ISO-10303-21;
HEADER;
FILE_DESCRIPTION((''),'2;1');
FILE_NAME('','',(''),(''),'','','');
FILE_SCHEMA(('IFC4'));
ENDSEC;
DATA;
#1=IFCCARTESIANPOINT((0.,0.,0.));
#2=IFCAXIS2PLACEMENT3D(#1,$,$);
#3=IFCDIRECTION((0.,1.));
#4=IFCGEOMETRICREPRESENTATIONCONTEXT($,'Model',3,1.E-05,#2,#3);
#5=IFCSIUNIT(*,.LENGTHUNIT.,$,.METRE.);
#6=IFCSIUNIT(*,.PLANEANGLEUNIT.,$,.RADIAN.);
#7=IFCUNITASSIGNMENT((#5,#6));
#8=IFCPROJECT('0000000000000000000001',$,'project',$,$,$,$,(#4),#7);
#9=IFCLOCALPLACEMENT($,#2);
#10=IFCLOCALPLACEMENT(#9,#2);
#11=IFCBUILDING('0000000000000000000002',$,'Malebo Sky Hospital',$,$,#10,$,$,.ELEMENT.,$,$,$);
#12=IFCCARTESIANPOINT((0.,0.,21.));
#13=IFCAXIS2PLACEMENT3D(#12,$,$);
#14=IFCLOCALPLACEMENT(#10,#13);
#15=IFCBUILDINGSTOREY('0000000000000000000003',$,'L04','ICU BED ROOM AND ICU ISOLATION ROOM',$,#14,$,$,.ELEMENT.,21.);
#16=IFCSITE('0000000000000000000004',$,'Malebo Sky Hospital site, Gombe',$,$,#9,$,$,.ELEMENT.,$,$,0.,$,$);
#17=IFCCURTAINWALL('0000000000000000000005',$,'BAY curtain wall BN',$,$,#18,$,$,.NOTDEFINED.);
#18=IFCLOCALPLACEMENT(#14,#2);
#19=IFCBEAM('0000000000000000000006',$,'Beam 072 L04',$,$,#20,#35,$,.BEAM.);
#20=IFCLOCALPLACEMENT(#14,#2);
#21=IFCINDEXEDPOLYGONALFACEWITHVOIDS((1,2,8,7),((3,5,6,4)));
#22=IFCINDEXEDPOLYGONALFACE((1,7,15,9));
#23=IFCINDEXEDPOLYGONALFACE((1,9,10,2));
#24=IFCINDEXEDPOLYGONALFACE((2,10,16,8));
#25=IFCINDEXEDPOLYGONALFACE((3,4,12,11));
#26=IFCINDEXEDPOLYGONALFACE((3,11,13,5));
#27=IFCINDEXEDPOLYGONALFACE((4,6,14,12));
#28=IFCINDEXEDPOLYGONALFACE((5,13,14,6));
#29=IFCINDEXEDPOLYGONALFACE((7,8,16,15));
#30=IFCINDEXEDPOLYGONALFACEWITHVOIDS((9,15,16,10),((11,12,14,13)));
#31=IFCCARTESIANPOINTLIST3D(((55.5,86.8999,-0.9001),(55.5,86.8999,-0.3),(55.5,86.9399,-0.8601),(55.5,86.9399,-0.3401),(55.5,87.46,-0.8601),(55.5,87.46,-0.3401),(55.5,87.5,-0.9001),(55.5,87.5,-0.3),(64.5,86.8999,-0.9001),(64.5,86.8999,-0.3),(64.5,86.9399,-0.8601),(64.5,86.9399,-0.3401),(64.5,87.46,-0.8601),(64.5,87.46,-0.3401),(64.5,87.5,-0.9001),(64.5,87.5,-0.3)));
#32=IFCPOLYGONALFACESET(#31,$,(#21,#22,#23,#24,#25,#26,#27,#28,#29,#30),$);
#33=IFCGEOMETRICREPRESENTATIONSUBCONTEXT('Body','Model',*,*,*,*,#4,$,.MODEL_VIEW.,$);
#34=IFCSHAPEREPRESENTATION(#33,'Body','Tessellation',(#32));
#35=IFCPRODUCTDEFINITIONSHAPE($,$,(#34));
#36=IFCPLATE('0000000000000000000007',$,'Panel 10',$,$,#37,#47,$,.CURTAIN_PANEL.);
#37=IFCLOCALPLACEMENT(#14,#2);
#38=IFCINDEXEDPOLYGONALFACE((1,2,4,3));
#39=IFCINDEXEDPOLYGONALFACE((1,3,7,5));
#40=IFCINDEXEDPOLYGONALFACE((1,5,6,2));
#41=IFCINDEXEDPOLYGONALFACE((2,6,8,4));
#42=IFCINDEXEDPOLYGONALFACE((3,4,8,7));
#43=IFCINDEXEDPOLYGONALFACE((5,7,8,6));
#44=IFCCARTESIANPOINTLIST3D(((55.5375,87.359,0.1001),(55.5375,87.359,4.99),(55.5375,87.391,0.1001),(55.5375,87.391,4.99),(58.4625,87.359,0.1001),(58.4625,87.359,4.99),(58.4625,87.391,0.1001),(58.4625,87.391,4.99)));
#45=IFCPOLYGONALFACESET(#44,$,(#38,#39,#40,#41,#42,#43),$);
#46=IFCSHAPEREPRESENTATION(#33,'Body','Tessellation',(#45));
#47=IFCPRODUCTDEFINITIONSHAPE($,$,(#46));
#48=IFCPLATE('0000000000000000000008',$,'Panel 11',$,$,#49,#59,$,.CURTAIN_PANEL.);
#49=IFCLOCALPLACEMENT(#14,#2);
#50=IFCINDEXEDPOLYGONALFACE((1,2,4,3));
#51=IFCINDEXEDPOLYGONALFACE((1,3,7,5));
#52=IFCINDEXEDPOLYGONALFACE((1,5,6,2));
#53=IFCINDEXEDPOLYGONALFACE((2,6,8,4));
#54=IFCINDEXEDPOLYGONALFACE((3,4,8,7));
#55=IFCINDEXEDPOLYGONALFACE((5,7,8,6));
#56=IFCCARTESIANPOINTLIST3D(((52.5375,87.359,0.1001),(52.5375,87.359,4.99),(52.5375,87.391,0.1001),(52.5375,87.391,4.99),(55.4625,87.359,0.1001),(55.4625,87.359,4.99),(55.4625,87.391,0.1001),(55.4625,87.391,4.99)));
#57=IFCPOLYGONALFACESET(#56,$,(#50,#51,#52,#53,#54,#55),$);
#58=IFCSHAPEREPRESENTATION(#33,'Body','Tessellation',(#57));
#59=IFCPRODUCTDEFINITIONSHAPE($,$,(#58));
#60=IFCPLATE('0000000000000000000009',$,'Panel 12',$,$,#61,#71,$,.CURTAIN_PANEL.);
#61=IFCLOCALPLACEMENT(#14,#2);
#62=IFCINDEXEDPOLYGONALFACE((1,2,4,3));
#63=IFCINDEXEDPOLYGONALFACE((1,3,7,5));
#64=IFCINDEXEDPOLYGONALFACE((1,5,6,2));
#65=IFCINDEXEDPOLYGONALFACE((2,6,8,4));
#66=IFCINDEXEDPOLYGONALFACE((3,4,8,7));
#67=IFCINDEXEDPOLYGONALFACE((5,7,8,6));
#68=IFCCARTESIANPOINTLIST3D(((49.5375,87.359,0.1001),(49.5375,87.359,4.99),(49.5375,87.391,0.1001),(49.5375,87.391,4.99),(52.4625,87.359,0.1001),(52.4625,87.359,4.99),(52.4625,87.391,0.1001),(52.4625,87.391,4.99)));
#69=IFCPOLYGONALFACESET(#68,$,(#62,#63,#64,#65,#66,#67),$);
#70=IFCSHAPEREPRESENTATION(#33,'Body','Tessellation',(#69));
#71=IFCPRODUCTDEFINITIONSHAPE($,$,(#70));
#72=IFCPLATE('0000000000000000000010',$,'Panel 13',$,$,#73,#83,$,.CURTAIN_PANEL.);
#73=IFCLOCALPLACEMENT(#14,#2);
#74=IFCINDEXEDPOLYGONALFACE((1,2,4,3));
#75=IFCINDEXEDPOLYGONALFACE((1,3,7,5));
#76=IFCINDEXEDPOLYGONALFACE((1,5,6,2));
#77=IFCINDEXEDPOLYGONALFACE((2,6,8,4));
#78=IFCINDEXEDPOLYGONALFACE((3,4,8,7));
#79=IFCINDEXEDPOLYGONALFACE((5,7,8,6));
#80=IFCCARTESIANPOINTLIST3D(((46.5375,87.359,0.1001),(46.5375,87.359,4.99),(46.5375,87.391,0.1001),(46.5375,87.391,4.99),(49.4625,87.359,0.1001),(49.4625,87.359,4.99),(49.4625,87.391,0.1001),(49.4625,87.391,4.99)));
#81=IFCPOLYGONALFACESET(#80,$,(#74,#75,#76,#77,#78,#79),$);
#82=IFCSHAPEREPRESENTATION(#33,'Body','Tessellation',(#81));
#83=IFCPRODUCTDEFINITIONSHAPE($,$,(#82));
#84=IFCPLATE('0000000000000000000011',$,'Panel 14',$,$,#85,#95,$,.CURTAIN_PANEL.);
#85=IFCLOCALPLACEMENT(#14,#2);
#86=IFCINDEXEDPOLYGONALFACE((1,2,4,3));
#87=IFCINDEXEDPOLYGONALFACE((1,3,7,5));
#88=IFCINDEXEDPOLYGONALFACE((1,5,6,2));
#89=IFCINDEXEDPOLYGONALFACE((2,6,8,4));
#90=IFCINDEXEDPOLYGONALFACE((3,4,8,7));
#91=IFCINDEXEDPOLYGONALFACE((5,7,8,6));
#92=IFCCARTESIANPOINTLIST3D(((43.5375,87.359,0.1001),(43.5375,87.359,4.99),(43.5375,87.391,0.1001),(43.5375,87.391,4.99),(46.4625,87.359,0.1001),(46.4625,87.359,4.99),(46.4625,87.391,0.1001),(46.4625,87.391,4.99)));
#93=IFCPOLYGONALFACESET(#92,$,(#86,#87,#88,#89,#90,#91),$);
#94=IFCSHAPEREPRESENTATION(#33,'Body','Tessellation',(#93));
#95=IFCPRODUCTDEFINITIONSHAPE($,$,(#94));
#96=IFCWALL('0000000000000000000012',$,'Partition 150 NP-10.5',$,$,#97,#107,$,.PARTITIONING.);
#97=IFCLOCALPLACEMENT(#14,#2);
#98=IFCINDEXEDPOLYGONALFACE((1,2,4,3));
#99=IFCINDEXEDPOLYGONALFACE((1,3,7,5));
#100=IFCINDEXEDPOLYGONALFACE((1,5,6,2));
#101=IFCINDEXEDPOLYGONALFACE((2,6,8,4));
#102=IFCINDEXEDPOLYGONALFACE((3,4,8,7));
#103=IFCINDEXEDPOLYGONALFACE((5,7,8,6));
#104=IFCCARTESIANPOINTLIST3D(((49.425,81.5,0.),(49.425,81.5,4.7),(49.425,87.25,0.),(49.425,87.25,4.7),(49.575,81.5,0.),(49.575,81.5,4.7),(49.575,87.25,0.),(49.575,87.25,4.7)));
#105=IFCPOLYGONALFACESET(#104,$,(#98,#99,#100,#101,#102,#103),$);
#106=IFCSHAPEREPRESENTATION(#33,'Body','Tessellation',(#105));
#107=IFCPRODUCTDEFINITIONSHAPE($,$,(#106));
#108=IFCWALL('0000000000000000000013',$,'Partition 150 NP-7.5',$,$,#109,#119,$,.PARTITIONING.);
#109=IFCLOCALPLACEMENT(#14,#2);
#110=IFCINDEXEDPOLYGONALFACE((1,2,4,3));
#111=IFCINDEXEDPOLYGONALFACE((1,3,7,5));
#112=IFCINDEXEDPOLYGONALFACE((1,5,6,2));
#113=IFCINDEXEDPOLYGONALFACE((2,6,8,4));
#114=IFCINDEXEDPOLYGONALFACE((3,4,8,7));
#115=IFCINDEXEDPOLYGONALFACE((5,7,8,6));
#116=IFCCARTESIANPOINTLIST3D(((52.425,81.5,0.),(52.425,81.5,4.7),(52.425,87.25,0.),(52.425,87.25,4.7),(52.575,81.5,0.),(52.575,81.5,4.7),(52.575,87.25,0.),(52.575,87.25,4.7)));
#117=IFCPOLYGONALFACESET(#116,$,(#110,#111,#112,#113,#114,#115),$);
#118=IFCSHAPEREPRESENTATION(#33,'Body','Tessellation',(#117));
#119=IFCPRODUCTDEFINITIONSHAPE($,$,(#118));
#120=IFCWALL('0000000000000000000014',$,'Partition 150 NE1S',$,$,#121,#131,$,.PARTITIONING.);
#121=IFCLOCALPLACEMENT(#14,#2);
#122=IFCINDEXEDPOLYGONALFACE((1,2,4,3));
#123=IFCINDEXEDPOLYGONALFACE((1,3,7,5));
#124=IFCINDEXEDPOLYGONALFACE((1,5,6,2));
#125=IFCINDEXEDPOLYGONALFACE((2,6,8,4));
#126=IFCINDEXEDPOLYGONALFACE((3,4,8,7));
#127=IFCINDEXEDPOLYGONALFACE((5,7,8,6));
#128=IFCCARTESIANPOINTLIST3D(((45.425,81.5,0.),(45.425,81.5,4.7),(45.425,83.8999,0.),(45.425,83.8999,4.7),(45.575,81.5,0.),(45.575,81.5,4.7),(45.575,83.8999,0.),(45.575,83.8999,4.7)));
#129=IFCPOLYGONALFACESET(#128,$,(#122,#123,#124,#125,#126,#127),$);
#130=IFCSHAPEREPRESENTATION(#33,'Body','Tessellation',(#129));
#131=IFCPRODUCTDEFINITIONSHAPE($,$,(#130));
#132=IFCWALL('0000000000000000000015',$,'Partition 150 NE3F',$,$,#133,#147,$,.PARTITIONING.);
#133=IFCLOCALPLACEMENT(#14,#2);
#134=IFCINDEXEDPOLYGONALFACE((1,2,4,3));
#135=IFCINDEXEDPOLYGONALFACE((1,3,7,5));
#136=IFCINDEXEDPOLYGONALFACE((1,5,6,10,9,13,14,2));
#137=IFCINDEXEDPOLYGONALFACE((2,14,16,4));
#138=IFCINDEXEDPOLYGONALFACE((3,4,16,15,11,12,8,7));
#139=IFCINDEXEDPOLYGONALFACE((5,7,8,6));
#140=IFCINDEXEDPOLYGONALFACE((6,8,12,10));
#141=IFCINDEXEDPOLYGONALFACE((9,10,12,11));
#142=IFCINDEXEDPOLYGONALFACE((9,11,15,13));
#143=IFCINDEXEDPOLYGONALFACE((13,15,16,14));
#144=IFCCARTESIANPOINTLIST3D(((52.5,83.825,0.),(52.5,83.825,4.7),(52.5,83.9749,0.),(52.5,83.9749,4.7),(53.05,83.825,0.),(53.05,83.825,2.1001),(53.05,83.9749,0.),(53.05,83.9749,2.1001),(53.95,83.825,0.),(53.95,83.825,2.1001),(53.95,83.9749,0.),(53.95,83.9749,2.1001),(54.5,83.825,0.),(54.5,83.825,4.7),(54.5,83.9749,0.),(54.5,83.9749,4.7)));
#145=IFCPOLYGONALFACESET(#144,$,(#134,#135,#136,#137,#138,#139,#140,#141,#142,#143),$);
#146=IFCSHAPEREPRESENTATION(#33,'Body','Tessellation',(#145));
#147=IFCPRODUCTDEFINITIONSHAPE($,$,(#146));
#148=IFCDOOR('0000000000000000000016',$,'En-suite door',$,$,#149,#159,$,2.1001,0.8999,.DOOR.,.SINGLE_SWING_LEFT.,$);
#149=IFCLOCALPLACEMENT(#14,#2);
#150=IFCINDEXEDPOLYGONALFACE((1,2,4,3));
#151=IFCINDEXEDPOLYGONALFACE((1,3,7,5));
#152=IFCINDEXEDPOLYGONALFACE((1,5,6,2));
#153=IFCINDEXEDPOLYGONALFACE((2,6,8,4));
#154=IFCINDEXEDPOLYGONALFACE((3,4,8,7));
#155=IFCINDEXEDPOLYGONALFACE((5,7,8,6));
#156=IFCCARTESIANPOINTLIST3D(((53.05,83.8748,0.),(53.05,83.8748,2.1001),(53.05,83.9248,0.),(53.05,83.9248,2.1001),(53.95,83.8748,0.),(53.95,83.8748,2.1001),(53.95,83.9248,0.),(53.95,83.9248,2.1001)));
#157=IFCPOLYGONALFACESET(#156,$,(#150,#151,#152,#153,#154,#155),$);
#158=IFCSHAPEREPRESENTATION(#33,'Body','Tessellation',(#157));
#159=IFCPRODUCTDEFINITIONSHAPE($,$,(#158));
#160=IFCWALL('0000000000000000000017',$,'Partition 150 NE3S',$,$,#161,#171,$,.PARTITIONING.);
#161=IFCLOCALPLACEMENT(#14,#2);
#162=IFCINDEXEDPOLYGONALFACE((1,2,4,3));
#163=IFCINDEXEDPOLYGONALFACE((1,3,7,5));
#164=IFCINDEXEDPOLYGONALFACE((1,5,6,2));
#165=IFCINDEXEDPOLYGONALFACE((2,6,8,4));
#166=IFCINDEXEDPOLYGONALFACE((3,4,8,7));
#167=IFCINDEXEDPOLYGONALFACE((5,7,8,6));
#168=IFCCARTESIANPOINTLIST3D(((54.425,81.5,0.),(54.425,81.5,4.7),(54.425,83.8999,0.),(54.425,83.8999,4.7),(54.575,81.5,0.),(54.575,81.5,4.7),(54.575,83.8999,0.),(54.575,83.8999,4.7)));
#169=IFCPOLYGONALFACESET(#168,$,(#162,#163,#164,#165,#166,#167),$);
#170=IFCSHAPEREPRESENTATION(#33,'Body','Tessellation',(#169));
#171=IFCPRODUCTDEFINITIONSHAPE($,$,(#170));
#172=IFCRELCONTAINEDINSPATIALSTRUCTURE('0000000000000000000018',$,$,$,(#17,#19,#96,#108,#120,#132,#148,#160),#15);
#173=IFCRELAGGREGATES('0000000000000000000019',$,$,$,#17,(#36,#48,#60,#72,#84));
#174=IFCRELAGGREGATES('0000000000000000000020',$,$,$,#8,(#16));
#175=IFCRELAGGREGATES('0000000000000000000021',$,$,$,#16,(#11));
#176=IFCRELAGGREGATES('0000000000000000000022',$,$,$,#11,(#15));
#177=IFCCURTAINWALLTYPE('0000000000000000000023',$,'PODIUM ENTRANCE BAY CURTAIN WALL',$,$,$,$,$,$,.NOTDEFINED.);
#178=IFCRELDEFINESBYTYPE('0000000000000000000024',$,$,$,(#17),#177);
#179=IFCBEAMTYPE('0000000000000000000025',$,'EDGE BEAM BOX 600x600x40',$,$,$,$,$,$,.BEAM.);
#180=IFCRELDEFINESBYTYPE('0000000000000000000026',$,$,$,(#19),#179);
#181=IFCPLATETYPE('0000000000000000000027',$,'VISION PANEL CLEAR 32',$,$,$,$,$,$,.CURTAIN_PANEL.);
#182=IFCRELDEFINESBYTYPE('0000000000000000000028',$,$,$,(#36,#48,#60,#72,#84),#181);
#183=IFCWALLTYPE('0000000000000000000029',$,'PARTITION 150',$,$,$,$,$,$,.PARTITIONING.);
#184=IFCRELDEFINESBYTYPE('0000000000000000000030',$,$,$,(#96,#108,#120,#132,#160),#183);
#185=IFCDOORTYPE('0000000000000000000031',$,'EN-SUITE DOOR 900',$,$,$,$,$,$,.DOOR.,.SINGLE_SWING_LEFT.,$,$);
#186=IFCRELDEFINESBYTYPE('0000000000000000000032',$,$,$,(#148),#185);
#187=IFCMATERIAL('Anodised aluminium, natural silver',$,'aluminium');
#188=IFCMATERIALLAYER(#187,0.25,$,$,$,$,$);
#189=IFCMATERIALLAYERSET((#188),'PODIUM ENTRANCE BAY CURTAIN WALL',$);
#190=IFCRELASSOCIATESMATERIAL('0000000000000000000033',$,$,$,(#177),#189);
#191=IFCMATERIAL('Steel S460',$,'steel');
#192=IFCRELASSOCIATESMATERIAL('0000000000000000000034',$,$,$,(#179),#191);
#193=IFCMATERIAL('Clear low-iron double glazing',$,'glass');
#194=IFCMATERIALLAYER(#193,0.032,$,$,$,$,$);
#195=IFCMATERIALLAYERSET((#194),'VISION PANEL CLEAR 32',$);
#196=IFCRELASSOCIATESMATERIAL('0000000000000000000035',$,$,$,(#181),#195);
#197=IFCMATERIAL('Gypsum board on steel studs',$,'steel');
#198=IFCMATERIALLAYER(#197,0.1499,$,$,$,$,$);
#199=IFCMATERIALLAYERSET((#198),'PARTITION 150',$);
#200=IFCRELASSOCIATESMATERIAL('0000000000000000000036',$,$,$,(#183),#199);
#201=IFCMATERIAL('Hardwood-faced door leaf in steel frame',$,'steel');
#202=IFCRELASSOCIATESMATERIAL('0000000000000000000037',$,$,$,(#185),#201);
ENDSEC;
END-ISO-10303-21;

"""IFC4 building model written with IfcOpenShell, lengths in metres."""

from ifc_helpers import new_model, si_unit, direction, frame, frame_2d, origin, origin_2d, place, context, subcontext, project, spatial, rectangle, hollow_rectangle, extrude, material, layer, layer_set, material_profile, profile_set, type_object, element, fill, aggregate, save


model = new_model("IFC4")

# Units and contexts
model_context = context("Model", 3, precision=1e-05, world=origin(), true_north=direction((0.0, 1.0)))
body_context = subcontext(model_context, "Body", "Model", "MODEL_VIEW")
ifc_project = project(units=[si_unit("LENGTHUNIT", "METRE"), si_unit("PLANEANGLEUNIT", "RADIAN")], contexts=[model_context])

# Site, building, storey
site_placement = place(None, origin())
site = spatial("IfcSite", under=ifc_project, at=site_placement, Name="Malebo Sky Hospital site, Gombe", CompositionType="ELEMENT", RefElevation=0.0)
building_placement = place(site_placement, origin())
building = spatial("IfcBuilding", under=site, at=building_placement, Name="Malebo Sky Hospital", CompositionType="ELEMENT")
storey_placement = place(building_placement, frame((0.0, 0.0, 21.0)))
storey = spatial("IfcBuildingStorey", under=building, at=storey_placement, Name="L04", Description="ICU BED ROOM AND ICU ISOLATION ROOM", CompositionType="ELEMENT", Elevation=21.0)

# Shared definitions
ifc_material_1 = material(Name="Steel S460", Category="steel")

# Curtain wall
ifc_material_2 = material(Name="Anodised aluminium, natural silver", Category="aluminium")
ifc_layer_1 = layer(ifc_material_2, 0.25)
ifc_layer_set_1 = layer_set([ifc_layer_1], Name="PODIUM ENTRANCE BAY CURTAIN WALL")
curtain_wall_type = type_object("IfcCurtainWallType", Name="PODIUM ENTRANCE BAY CURTAIN WALL", PredefinedType="NOTDEFINED", material=ifc_layer_set_1)
curtain_wall_placement = place(storey_placement, origin())
curtain_wall = element("IfcCurtainWall", 1, at=curtain_wall_placement, inside=storey, type_object=curtain_wall_type, Name="BAY curtain wall BN", PredefinedType="NOTDEFINED")

# Beam
ifc_material_profile_1 = material_profile(ifc_material_1, hollow_rectangle(XDim=0.6001, YDim=0.6001, WallThickness=0.04, at=origin_2d()), Name="BOX 600x600x40")
ifc_profile_set_1 = profile_set([ifc_material_profile_1], Name="Steel S460")
beam_type = type_object("IfcBeamType", Name="EDGE BEAM BOX 600x600x40", PredefinedType="BEAM", material=ifc_profile_set_1)
for number, where, z_axis, x_axis, name in (
    (2, (55.5, 87.2, -0.6001), (1.0, 0.0, 0.0), (0.0, 1.0, 0.0), "Beam 072 L04"),
):
    element("IfcBeam", number, at=place(storey_placement, frame(where, z_axis=z_axis, x_axis=x_axis)), inside=storey, type_object=beam_type, Name=name, PredefinedType="BEAM", context=body_context, shape_type="SweptSolid", body=[
        extrude(hollow_rectangle(XDim=0.6001, YDim=0.6001, WallThickness=0.04, at=origin_2d()), origin(), (0.0, 0.0, 1.0), 9.0),
    ])

# Plates
ifc_material_3 = material(Name="Clear low-iron double glazing", Category="glass")
ifc_layer_2 = layer(ifc_material_3, 0.032)
ifc_layer_set_2 = layer_set([ifc_layer_2], Name="VISION PANEL CLEAR 32")
plate_type = type_object("IfcPlateType", Name="VISION PANEL CLEAR 32", PredefinedType="CURTAIN_PANEL", material=ifc_layer_set_2)
plate_1_placement = place(storey_placement, frame((57.0, 87.375, 0.1001), z_axis=(0.0, 0.0, 1.0), x_axis=(-1.0, 0.0, 0.0)))
plate_1 = element("IfcPlate", 3, at=plate_1_placement, type_object=plate_type, Name="Panel 10", PredefinedType="CURTAIN_PANEL", context=body_context, shape_type="SweptSolid", body=[
    extrude(rectangle(XDim=2.925, YDim=0.032, at=origin_2d()), origin(), (0.0, 0.0, 1.0), 4.8899),
])
plate_2_placement = place(storey_placement, frame((54.0, 87.375, 0.1001), z_axis=(0.0, 0.0, 1.0), x_axis=(-1.0, 0.0, 0.0)))
plate_2 = element("IfcPlate", 4, at=plate_2_placement, type_object=plate_type, Name="Panel 11", PredefinedType="CURTAIN_PANEL", context=body_context, shape_type="SweptSolid", body=[
    extrude(rectangle(XDim=2.925, YDim=0.032, at=origin_2d()), origin(), (0.0, 0.0, 1.0), 4.8899),
])
plate_3_placement = place(storey_placement, frame((51.0, 87.375, 0.1001), z_axis=(0.0, 0.0, 1.0), x_axis=(-1.0, 0.0, 0.0)))
plate_3 = element("IfcPlate", 5, at=plate_3_placement, type_object=plate_type, Name="Panel 12", PredefinedType="CURTAIN_PANEL", context=body_context, shape_type="SweptSolid", body=[
    extrude(rectangle(XDim=2.925, YDim=0.032, at=origin_2d()), origin(), (0.0, 0.0, 1.0), 4.8899),
])
plate_4_placement = place(storey_placement, frame((48.0, 87.375, 0.1001), z_axis=(0.0, 0.0, 1.0), x_axis=(-1.0, 0.0, 0.0)))
plate_4 = element("IfcPlate", 6, at=plate_4_placement, type_object=plate_type, Name="Panel 13", PredefinedType="CURTAIN_PANEL", context=body_context, shape_type="SweptSolid", body=[
    extrude(rectangle(XDim=2.925, YDim=0.032, at=origin_2d()), origin(), (0.0, 0.0, 1.0), 4.8899),
])
plate_5_placement = place(storey_placement, frame((45.0, 87.375, 0.1001), z_axis=(0.0, 0.0, 1.0), x_axis=(-1.0, 0.0, 0.0)))
plate_5 = element("IfcPlate", 7, at=plate_5_placement, type_object=plate_type, Name="Panel 14", PredefinedType="CURTAIN_PANEL", context=body_context, shape_type="SweptSolid", body=[
    extrude(rectangle(XDim=2.925, YDim=0.032, at=origin_2d()), origin(), (0.0, 0.0, 1.0), 4.8899),
])
aggregate(curtain_wall, [plate_1, plate_2, plate_3, plate_4, plate_5])

# Walls
ifc_material_4 = material(Name="Gypsum board on steel studs", Category="steel")
ifc_layer_3 = layer(ifc_material_4, 0.1499)
ifc_layer_set_3 = layer_set([ifc_layer_3], Name="PARTITION 150")
wall_type = type_object("IfcWallType", Name="PARTITION 150", PredefinedType="PARTITIONING", material=ifc_layer_set_3)
for number, where, z_axis, x_axis, name in (
    (8, (49.5, 81.5, 0.0), (0.0, 0.0, 1.0), (0.0, 1.0, 0.0), "Partition 150 NP-10.5"),
    (9, (52.5, 81.5, 0.0), (0.0, 0.0, 1.0), (0.0, 1.0, 0.0), "Partition 150 NP-7.5"),
):
    element("IfcWall", number, at=place(storey_placement, frame(where, z_axis=z_axis, x_axis=x_axis)), inside=storey, type_object=wall_type, Name=name, PredefinedType="PARTITIONING", context=body_context, shape_type="SweptSolid", body=[
        extrude(rectangle(XDim=5.75, YDim=0.1499, at=frame_2d((2.875, 0.0))), origin(), (0.0, 0.0, 1.0), 4.7),
    ])
wall_1_placement = place(storey_placement, frame((45.5, 81.5, 0.0), z_axis=(0.0, 0.0, 1.0), x_axis=(0.0, 1.0, 0.0)))
element("IfcWall", 10, at=wall_1_placement, inside=storey, type_object=wall_type, Name="Partition 150 NE1S", PredefinedType="PARTITIONING", context=body_context, shape_type="SweptSolid", body=[
    extrude(rectangle(XDim=2.3999, YDim=0.1499, at=frame_2d((1.2, 0.0))), origin(), (0.0, 0.0, 1.0), 4.7),
])

# Wall, opening, door
wall_2_placement = place(storey_placement, frame((52.5, 83.8999, 0.0), z_axis=(0.0, 0.0, 1.0), x_axis=(1.0, 0.0, 0.0)))
wall_2 = element("IfcWall", 11, at=wall_2_placement, inside=storey, type_object=wall_type, Name="Partition 150 NE3F", PredefinedType="PARTITIONING", context=body_context, shape_type="SweptSolid", body=[
    extrude(rectangle(XDim=2.0, YDim=0.1499, at=frame_2d((1.0, 0.0))), origin(), (0.0, 0.0, 1.0), 4.7),
])
opening_placement = place(wall_2_placement, frame((0.55, 0.0, 0.0)))
opening = element("IfcOpeningElement", 12, at=opening_placement, cuts=wall_2, PredefinedType="OPENING", context=body_context, shape_type="SweptSolid", body=[
    extrude(rectangle(XDim=0.8999, YDim=2.1001, at=frame_2d((0.45, 1.05))), frame((0.0, 0.085, 0.0), z_axis=(0.0, -1.0, 0.0), x_axis=(1.0, 0.0, 0.0)), (0.0, 0.0, 1.0), 0.1699),
])
ifc_material_5 = material(Name="Hardwood-faced door leaf in steel frame", Category="steel")
door_type = type_object("IfcDoorType", Name="EN-SUITE DOOR 900", OperationType="SINGLE_SWING_LEFT", PredefinedType="DOOR", material=ifc_material_5)
door_placement = place(opening_placement, origin())
door = element("IfcDoor", 13, at=door_placement, inside=storey, type_object=door_type, Name="En-suite door", OperationType="SINGLE_SWING_LEFT", OverallHeight=2.1001, OverallWidth=0.8999, PredefinedType="DOOR", context=body_context, shape_type="SweptSolid", body=[
    extrude(rectangle(XDim=0.8999, YDim=2.1001, at=frame_2d((0.45, 1.05))), frame((0.0, 0.0249, 0.0), z_axis=(0.0, -1.0, 0.0), x_axis=(1.0, 0.0, 0.0)), (0.0, 0.0, 1.0), 0.05),
])
fill(opening, door)

# Wall
wall_3_placement = place(storey_placement, frame((54.5, 81.5, 0.0), z_axis=(0.0, 0.0, 1.0), x_axis=(0.0, 1.0, 0.0)))
element("IfcWall", 14, at=wall_3_placement, inside=storey, type_object=wall_type, Name="Partition 150 NE3S", PredefinedType="PARTITIONING", context=body_context, shape_type="SweptSolid", body=[
    extrude(rectangle(XDim=2.3999, YDim=0.1499, at=frame_2d((1.2, 0.0))), origin(), (0.0, 0.0, 1.0), 4.7),
])

save(model, "model.ifc")
